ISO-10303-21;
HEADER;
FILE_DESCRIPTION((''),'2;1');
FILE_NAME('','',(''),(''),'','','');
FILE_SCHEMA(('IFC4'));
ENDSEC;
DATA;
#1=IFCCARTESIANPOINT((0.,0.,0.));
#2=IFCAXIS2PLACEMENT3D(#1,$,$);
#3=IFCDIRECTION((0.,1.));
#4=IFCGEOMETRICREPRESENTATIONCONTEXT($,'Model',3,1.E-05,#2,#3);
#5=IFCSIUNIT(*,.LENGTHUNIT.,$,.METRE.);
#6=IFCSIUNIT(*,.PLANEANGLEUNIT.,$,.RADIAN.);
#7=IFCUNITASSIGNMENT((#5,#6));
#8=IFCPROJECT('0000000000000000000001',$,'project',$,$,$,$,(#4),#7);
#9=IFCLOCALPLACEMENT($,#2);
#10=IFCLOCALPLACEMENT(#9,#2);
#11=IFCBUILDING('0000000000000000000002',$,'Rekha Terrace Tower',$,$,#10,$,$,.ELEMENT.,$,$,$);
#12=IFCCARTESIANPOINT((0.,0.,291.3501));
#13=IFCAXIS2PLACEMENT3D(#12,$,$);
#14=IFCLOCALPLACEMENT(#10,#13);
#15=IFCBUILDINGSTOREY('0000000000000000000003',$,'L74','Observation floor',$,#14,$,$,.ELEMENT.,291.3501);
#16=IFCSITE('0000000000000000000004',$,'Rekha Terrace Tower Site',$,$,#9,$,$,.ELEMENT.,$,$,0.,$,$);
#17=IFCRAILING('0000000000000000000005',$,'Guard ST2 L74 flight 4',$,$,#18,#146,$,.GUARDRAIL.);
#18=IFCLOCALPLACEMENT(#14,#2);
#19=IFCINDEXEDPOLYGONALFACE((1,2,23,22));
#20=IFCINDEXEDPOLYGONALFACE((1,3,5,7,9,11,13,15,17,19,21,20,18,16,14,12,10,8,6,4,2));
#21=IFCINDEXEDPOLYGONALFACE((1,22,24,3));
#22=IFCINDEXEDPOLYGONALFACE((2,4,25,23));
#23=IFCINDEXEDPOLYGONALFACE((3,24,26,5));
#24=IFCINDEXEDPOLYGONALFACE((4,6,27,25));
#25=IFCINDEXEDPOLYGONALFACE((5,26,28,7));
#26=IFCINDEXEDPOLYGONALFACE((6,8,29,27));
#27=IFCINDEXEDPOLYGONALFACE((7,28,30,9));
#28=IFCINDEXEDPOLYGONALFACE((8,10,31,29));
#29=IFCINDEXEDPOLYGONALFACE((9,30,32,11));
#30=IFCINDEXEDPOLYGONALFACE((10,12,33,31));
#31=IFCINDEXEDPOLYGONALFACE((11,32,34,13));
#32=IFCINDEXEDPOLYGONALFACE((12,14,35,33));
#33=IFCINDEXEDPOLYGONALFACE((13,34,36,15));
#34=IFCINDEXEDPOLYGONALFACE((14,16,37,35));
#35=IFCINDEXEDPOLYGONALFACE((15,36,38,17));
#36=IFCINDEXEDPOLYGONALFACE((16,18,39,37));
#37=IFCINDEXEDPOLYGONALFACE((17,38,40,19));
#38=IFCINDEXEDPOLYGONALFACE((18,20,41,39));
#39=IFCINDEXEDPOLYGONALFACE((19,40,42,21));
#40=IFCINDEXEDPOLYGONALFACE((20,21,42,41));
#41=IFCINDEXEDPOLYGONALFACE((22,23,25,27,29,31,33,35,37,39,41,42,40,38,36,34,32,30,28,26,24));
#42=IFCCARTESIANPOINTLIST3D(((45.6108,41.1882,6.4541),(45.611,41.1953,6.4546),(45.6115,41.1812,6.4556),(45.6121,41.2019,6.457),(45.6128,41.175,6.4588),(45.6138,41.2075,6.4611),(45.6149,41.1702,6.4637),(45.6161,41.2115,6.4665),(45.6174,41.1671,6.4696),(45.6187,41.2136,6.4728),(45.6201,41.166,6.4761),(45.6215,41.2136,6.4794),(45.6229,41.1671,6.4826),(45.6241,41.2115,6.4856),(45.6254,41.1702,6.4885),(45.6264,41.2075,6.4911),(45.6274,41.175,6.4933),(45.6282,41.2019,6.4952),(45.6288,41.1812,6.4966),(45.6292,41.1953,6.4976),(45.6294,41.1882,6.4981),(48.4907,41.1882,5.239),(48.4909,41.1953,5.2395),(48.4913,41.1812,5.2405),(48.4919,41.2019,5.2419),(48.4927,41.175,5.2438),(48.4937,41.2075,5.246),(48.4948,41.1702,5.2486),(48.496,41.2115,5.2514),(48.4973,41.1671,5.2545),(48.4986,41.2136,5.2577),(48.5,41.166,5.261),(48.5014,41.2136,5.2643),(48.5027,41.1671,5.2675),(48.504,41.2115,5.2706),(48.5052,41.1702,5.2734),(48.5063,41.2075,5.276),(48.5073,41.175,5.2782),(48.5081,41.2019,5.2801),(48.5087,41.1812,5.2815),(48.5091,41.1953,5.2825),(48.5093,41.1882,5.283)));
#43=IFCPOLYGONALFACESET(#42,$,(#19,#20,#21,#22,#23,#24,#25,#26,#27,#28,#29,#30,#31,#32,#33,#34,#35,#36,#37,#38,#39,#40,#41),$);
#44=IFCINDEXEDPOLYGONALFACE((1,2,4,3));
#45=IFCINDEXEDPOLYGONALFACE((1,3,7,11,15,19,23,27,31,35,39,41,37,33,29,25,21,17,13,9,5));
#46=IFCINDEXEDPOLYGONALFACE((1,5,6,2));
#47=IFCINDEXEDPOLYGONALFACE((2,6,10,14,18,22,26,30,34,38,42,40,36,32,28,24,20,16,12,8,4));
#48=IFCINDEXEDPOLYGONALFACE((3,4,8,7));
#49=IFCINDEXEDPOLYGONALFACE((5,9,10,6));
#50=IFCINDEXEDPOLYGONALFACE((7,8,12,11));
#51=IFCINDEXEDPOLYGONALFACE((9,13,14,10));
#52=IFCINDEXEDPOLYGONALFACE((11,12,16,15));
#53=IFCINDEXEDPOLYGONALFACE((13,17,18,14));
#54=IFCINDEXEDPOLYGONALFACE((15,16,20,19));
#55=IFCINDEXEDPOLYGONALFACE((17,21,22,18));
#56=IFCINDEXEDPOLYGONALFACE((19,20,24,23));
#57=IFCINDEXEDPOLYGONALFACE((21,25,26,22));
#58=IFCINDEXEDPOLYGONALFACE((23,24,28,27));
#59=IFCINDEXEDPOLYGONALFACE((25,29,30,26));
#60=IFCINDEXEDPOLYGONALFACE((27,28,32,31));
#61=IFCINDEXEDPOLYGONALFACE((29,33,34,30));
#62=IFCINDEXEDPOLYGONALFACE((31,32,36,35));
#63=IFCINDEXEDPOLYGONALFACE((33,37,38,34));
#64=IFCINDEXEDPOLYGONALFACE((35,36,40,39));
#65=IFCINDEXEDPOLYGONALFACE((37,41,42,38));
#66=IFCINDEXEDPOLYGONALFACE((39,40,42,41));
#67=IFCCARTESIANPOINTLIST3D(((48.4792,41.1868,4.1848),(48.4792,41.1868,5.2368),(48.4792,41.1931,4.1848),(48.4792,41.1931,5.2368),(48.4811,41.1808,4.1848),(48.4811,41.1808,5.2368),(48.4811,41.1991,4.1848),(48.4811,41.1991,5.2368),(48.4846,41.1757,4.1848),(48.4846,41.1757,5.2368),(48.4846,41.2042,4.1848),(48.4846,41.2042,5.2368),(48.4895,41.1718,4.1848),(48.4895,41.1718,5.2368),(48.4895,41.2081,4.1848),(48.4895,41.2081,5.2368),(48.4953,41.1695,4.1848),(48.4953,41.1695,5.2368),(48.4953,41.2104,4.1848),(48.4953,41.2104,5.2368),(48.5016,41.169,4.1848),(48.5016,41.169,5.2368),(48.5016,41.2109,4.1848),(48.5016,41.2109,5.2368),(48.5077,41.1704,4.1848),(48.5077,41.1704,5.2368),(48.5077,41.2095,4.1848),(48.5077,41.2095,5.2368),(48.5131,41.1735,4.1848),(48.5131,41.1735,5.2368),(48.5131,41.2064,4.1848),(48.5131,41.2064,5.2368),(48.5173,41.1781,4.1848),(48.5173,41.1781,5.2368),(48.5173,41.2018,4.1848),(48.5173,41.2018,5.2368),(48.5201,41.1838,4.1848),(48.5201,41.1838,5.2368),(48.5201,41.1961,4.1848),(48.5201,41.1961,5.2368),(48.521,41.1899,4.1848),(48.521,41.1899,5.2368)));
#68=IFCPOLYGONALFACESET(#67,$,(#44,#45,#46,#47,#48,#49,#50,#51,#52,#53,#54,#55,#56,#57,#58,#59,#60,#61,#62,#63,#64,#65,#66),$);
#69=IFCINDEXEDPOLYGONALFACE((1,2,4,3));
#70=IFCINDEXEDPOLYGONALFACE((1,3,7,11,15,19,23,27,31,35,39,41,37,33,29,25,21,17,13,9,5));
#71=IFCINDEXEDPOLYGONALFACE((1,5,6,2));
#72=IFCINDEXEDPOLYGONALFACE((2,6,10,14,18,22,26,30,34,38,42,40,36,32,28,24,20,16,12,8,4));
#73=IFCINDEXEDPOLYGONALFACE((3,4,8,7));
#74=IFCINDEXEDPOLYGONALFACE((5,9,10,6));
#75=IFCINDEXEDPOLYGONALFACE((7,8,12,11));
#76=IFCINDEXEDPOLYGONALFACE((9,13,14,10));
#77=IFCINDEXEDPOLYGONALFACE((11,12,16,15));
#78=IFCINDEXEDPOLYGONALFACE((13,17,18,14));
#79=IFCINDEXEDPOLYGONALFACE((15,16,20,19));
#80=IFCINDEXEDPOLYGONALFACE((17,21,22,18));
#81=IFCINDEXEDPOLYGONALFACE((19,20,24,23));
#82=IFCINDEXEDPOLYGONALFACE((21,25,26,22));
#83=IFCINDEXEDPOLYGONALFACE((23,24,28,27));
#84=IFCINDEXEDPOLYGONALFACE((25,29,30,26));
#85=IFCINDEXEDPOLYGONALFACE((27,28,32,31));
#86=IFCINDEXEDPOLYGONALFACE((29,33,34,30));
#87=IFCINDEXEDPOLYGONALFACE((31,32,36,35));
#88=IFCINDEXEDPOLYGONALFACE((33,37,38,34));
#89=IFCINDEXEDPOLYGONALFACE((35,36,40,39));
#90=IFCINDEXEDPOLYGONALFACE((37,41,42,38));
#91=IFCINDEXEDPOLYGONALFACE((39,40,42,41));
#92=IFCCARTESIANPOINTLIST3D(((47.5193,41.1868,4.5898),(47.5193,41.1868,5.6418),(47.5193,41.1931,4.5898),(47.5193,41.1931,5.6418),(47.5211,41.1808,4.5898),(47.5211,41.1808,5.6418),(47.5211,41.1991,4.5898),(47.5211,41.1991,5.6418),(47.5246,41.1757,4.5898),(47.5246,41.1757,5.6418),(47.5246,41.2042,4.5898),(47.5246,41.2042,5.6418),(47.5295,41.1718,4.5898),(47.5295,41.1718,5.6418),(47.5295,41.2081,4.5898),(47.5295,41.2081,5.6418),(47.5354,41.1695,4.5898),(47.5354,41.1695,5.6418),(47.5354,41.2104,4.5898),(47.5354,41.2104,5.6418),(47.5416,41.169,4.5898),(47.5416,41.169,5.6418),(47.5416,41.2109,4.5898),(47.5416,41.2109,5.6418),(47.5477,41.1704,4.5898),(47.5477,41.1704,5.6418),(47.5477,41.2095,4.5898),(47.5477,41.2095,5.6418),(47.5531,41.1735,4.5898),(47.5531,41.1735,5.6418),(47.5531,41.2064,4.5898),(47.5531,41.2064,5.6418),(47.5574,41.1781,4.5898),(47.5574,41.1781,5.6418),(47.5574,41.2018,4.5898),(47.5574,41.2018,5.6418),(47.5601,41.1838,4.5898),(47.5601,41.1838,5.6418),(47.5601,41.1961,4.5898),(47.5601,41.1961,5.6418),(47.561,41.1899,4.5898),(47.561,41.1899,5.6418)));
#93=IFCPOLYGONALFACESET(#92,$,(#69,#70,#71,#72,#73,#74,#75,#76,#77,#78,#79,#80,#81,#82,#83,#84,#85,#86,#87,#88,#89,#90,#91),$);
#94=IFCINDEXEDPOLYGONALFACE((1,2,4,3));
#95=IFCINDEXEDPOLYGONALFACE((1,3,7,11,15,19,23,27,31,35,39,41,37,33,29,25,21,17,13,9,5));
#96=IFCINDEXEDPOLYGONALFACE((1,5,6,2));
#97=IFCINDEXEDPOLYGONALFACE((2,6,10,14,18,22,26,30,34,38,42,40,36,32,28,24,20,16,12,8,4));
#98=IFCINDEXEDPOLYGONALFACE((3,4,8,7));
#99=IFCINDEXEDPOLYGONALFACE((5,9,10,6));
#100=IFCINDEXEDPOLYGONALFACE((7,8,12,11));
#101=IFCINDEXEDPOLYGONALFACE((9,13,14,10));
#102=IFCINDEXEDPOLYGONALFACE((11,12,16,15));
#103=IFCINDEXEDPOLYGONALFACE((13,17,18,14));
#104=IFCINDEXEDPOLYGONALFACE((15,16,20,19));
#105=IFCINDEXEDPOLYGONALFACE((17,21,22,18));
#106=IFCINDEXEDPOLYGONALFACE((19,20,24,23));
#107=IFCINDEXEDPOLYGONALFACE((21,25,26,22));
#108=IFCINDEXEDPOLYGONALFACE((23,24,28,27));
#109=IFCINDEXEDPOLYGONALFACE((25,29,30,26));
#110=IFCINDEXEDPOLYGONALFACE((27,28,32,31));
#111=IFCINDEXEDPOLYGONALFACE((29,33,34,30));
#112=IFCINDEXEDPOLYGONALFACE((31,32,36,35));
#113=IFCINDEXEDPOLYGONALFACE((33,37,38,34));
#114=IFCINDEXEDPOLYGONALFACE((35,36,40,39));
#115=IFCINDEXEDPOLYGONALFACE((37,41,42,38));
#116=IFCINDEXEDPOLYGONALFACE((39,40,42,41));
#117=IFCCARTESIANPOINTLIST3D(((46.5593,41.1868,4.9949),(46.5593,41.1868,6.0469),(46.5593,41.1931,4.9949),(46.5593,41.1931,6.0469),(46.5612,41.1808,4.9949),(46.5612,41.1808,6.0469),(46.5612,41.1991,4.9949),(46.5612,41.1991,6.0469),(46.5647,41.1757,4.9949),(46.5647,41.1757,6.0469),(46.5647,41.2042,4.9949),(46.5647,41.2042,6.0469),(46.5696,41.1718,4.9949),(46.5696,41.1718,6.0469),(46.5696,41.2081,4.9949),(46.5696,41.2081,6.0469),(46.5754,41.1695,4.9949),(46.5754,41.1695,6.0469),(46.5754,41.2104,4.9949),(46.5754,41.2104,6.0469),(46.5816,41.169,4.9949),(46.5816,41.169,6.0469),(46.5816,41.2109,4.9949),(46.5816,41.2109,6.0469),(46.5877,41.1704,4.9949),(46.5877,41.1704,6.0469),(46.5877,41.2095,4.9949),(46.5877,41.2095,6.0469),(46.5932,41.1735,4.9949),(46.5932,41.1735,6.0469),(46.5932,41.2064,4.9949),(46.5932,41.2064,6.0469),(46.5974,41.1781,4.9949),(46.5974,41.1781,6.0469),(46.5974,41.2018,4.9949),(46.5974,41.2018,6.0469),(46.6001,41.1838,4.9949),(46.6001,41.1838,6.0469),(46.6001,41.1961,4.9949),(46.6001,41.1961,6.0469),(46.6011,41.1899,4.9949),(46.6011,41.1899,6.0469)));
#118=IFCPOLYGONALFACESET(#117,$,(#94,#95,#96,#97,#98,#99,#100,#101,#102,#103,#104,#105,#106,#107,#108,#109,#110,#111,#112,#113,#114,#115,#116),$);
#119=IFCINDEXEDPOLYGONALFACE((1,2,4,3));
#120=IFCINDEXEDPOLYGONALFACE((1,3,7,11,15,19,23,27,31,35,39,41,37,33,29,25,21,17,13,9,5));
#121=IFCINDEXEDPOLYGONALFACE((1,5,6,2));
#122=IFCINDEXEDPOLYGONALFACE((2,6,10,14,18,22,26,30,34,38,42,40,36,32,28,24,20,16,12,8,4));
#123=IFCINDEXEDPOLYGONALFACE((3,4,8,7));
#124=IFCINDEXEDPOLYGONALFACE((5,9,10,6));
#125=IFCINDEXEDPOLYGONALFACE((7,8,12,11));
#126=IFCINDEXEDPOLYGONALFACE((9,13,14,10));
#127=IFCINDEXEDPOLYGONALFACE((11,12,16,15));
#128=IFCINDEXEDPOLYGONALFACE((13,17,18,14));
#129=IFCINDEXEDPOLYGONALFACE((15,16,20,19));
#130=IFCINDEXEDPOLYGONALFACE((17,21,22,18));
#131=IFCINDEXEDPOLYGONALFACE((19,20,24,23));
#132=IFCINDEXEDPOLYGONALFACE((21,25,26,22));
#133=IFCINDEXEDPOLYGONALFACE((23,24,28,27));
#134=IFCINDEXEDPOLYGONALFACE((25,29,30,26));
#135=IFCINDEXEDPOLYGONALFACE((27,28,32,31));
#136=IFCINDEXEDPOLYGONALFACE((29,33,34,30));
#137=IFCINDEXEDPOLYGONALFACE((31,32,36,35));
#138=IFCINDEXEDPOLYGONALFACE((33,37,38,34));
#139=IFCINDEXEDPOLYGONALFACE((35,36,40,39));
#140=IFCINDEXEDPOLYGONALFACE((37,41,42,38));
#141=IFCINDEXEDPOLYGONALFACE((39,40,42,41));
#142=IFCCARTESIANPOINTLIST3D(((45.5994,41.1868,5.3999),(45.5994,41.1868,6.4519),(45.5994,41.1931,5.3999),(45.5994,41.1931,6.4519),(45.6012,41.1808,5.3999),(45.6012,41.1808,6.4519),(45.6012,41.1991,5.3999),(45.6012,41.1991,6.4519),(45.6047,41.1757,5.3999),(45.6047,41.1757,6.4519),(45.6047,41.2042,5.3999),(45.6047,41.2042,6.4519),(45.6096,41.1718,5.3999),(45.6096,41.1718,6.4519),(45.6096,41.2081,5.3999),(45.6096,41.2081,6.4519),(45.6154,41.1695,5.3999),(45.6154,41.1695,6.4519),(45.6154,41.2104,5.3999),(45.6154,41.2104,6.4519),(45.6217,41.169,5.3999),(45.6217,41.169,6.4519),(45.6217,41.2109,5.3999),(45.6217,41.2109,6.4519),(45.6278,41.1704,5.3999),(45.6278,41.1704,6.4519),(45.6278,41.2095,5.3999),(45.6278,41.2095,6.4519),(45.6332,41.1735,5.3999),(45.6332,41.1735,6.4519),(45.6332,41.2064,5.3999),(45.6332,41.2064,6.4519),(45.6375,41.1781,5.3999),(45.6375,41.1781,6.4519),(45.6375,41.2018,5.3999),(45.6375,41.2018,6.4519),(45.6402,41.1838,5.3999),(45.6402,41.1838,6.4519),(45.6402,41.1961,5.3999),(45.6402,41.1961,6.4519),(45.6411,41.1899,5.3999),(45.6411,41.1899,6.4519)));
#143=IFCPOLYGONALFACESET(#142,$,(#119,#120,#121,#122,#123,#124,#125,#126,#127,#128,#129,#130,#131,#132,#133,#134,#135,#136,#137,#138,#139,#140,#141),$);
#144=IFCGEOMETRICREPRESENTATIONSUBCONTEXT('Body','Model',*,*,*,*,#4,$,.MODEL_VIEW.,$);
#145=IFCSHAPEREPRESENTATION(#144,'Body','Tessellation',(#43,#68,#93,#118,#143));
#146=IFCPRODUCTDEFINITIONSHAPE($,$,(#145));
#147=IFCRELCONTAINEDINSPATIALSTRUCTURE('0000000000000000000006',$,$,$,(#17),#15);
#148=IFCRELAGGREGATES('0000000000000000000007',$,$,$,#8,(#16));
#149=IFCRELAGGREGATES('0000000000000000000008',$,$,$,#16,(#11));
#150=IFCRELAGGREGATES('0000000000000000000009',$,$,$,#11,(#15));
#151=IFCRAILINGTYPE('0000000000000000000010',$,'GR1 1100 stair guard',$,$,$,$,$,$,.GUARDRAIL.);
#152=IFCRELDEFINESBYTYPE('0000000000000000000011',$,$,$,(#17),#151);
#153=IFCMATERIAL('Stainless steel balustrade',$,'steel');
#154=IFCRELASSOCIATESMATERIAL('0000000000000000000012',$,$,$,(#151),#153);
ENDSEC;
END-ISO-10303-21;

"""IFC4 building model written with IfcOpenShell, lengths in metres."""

from ifc_helpers import new_model, si_unit, direction, frame, origin, origin_2d, place, context, subcontext, project, spatial, circle, extrude, material, type_object, element, save


model = new_model("IFC4")

# Units and contexts
model_context = context("Model", 3, precision=1e-05, world=origin(), true_north=direction((0.0, 1.0)))
body_context = subcontext(model_context, "Body", "Model", "MODEL_VIEW")
ifc_project = project(units=[si_unit("LENGTHUNIT", "METRE"), si_unit("PLANEANGLEUNIT", "RADIAN")], contexts=[model_context])

# Site, building, storey
site_placement = place(None, origin())
site = spatial("IfcSite", under=ifc_project, at=site_placement, Name="Rekha Terrace Tower Site", CompositionType="ELEMENT", RefElevation=0.0)
building_placement = place(site_placement, origin())
building = spatial("IfcBuilding", under=site, at=building_placement, Name="Rekha Terrace Tower", CompositionType="ELEMENT")
storey_placement = place(building_placement, frame((0.0, 0.0, 291.3501)))
storey = spatial("IfcBuildingStorey", under=building, at=storey_placement, Name="L74", Description="Observation floor", CompositionType="ELEMENT", Elevation=291.3501)

# Railing
ifc_material_1 = material(Name="Stainless steel balustrade", Category="steel")
railing_type_1 = type_object("IfcRailingType", Name="GR1 1100 stair guard", PredefinedType="GUARDRAIL", material=ifc_material_1)
railing_1_placement = place(storey_placement, frame((48.5, 41.1899, 4.1848)))
element("IfcRailing", 1, at=railing_1_placement, inside=storey, type_object=railing_type_1, Name="Guard ST2 L74 flight 4", PredefinedType="GUARDRAIL", context=body_context, shape_type="SweptSolid", body=[
    extrude(circle(Radius=0.0239, at=origin_2d()), frame((0.0, 0.0, 1.0762), z_axis=(-0.921348, 0.0, 0.388738), x_axis=(0.0, -1.0, 0.0)), (0.0, 0.0, 1.0), 3.1257),
    extrude(circle(Radius=0.021, at=origin_2d()), origin(), (0.0, 0.0, 1.0), 1.052),
    extrude(circle(Radius=0.021, at=origin_2d()), frame((-0.96, 0.0, 0.405)), (0.0, 0.0, 1.0), 1.052),
    extrude(circle(Radius=0.021, at=origin_2d()), frame((-1.9199, 0.0, 0.8101)), (0.0, 0.0, 1.0), 1.052),
    extrude(circle(Radius=0.021, at=origin_2d()), frame((-2.8799, 0.0, 1.2151)), (0.0, 0.0, 1.0), 1.052),
])

save(model, "model.ifc")
